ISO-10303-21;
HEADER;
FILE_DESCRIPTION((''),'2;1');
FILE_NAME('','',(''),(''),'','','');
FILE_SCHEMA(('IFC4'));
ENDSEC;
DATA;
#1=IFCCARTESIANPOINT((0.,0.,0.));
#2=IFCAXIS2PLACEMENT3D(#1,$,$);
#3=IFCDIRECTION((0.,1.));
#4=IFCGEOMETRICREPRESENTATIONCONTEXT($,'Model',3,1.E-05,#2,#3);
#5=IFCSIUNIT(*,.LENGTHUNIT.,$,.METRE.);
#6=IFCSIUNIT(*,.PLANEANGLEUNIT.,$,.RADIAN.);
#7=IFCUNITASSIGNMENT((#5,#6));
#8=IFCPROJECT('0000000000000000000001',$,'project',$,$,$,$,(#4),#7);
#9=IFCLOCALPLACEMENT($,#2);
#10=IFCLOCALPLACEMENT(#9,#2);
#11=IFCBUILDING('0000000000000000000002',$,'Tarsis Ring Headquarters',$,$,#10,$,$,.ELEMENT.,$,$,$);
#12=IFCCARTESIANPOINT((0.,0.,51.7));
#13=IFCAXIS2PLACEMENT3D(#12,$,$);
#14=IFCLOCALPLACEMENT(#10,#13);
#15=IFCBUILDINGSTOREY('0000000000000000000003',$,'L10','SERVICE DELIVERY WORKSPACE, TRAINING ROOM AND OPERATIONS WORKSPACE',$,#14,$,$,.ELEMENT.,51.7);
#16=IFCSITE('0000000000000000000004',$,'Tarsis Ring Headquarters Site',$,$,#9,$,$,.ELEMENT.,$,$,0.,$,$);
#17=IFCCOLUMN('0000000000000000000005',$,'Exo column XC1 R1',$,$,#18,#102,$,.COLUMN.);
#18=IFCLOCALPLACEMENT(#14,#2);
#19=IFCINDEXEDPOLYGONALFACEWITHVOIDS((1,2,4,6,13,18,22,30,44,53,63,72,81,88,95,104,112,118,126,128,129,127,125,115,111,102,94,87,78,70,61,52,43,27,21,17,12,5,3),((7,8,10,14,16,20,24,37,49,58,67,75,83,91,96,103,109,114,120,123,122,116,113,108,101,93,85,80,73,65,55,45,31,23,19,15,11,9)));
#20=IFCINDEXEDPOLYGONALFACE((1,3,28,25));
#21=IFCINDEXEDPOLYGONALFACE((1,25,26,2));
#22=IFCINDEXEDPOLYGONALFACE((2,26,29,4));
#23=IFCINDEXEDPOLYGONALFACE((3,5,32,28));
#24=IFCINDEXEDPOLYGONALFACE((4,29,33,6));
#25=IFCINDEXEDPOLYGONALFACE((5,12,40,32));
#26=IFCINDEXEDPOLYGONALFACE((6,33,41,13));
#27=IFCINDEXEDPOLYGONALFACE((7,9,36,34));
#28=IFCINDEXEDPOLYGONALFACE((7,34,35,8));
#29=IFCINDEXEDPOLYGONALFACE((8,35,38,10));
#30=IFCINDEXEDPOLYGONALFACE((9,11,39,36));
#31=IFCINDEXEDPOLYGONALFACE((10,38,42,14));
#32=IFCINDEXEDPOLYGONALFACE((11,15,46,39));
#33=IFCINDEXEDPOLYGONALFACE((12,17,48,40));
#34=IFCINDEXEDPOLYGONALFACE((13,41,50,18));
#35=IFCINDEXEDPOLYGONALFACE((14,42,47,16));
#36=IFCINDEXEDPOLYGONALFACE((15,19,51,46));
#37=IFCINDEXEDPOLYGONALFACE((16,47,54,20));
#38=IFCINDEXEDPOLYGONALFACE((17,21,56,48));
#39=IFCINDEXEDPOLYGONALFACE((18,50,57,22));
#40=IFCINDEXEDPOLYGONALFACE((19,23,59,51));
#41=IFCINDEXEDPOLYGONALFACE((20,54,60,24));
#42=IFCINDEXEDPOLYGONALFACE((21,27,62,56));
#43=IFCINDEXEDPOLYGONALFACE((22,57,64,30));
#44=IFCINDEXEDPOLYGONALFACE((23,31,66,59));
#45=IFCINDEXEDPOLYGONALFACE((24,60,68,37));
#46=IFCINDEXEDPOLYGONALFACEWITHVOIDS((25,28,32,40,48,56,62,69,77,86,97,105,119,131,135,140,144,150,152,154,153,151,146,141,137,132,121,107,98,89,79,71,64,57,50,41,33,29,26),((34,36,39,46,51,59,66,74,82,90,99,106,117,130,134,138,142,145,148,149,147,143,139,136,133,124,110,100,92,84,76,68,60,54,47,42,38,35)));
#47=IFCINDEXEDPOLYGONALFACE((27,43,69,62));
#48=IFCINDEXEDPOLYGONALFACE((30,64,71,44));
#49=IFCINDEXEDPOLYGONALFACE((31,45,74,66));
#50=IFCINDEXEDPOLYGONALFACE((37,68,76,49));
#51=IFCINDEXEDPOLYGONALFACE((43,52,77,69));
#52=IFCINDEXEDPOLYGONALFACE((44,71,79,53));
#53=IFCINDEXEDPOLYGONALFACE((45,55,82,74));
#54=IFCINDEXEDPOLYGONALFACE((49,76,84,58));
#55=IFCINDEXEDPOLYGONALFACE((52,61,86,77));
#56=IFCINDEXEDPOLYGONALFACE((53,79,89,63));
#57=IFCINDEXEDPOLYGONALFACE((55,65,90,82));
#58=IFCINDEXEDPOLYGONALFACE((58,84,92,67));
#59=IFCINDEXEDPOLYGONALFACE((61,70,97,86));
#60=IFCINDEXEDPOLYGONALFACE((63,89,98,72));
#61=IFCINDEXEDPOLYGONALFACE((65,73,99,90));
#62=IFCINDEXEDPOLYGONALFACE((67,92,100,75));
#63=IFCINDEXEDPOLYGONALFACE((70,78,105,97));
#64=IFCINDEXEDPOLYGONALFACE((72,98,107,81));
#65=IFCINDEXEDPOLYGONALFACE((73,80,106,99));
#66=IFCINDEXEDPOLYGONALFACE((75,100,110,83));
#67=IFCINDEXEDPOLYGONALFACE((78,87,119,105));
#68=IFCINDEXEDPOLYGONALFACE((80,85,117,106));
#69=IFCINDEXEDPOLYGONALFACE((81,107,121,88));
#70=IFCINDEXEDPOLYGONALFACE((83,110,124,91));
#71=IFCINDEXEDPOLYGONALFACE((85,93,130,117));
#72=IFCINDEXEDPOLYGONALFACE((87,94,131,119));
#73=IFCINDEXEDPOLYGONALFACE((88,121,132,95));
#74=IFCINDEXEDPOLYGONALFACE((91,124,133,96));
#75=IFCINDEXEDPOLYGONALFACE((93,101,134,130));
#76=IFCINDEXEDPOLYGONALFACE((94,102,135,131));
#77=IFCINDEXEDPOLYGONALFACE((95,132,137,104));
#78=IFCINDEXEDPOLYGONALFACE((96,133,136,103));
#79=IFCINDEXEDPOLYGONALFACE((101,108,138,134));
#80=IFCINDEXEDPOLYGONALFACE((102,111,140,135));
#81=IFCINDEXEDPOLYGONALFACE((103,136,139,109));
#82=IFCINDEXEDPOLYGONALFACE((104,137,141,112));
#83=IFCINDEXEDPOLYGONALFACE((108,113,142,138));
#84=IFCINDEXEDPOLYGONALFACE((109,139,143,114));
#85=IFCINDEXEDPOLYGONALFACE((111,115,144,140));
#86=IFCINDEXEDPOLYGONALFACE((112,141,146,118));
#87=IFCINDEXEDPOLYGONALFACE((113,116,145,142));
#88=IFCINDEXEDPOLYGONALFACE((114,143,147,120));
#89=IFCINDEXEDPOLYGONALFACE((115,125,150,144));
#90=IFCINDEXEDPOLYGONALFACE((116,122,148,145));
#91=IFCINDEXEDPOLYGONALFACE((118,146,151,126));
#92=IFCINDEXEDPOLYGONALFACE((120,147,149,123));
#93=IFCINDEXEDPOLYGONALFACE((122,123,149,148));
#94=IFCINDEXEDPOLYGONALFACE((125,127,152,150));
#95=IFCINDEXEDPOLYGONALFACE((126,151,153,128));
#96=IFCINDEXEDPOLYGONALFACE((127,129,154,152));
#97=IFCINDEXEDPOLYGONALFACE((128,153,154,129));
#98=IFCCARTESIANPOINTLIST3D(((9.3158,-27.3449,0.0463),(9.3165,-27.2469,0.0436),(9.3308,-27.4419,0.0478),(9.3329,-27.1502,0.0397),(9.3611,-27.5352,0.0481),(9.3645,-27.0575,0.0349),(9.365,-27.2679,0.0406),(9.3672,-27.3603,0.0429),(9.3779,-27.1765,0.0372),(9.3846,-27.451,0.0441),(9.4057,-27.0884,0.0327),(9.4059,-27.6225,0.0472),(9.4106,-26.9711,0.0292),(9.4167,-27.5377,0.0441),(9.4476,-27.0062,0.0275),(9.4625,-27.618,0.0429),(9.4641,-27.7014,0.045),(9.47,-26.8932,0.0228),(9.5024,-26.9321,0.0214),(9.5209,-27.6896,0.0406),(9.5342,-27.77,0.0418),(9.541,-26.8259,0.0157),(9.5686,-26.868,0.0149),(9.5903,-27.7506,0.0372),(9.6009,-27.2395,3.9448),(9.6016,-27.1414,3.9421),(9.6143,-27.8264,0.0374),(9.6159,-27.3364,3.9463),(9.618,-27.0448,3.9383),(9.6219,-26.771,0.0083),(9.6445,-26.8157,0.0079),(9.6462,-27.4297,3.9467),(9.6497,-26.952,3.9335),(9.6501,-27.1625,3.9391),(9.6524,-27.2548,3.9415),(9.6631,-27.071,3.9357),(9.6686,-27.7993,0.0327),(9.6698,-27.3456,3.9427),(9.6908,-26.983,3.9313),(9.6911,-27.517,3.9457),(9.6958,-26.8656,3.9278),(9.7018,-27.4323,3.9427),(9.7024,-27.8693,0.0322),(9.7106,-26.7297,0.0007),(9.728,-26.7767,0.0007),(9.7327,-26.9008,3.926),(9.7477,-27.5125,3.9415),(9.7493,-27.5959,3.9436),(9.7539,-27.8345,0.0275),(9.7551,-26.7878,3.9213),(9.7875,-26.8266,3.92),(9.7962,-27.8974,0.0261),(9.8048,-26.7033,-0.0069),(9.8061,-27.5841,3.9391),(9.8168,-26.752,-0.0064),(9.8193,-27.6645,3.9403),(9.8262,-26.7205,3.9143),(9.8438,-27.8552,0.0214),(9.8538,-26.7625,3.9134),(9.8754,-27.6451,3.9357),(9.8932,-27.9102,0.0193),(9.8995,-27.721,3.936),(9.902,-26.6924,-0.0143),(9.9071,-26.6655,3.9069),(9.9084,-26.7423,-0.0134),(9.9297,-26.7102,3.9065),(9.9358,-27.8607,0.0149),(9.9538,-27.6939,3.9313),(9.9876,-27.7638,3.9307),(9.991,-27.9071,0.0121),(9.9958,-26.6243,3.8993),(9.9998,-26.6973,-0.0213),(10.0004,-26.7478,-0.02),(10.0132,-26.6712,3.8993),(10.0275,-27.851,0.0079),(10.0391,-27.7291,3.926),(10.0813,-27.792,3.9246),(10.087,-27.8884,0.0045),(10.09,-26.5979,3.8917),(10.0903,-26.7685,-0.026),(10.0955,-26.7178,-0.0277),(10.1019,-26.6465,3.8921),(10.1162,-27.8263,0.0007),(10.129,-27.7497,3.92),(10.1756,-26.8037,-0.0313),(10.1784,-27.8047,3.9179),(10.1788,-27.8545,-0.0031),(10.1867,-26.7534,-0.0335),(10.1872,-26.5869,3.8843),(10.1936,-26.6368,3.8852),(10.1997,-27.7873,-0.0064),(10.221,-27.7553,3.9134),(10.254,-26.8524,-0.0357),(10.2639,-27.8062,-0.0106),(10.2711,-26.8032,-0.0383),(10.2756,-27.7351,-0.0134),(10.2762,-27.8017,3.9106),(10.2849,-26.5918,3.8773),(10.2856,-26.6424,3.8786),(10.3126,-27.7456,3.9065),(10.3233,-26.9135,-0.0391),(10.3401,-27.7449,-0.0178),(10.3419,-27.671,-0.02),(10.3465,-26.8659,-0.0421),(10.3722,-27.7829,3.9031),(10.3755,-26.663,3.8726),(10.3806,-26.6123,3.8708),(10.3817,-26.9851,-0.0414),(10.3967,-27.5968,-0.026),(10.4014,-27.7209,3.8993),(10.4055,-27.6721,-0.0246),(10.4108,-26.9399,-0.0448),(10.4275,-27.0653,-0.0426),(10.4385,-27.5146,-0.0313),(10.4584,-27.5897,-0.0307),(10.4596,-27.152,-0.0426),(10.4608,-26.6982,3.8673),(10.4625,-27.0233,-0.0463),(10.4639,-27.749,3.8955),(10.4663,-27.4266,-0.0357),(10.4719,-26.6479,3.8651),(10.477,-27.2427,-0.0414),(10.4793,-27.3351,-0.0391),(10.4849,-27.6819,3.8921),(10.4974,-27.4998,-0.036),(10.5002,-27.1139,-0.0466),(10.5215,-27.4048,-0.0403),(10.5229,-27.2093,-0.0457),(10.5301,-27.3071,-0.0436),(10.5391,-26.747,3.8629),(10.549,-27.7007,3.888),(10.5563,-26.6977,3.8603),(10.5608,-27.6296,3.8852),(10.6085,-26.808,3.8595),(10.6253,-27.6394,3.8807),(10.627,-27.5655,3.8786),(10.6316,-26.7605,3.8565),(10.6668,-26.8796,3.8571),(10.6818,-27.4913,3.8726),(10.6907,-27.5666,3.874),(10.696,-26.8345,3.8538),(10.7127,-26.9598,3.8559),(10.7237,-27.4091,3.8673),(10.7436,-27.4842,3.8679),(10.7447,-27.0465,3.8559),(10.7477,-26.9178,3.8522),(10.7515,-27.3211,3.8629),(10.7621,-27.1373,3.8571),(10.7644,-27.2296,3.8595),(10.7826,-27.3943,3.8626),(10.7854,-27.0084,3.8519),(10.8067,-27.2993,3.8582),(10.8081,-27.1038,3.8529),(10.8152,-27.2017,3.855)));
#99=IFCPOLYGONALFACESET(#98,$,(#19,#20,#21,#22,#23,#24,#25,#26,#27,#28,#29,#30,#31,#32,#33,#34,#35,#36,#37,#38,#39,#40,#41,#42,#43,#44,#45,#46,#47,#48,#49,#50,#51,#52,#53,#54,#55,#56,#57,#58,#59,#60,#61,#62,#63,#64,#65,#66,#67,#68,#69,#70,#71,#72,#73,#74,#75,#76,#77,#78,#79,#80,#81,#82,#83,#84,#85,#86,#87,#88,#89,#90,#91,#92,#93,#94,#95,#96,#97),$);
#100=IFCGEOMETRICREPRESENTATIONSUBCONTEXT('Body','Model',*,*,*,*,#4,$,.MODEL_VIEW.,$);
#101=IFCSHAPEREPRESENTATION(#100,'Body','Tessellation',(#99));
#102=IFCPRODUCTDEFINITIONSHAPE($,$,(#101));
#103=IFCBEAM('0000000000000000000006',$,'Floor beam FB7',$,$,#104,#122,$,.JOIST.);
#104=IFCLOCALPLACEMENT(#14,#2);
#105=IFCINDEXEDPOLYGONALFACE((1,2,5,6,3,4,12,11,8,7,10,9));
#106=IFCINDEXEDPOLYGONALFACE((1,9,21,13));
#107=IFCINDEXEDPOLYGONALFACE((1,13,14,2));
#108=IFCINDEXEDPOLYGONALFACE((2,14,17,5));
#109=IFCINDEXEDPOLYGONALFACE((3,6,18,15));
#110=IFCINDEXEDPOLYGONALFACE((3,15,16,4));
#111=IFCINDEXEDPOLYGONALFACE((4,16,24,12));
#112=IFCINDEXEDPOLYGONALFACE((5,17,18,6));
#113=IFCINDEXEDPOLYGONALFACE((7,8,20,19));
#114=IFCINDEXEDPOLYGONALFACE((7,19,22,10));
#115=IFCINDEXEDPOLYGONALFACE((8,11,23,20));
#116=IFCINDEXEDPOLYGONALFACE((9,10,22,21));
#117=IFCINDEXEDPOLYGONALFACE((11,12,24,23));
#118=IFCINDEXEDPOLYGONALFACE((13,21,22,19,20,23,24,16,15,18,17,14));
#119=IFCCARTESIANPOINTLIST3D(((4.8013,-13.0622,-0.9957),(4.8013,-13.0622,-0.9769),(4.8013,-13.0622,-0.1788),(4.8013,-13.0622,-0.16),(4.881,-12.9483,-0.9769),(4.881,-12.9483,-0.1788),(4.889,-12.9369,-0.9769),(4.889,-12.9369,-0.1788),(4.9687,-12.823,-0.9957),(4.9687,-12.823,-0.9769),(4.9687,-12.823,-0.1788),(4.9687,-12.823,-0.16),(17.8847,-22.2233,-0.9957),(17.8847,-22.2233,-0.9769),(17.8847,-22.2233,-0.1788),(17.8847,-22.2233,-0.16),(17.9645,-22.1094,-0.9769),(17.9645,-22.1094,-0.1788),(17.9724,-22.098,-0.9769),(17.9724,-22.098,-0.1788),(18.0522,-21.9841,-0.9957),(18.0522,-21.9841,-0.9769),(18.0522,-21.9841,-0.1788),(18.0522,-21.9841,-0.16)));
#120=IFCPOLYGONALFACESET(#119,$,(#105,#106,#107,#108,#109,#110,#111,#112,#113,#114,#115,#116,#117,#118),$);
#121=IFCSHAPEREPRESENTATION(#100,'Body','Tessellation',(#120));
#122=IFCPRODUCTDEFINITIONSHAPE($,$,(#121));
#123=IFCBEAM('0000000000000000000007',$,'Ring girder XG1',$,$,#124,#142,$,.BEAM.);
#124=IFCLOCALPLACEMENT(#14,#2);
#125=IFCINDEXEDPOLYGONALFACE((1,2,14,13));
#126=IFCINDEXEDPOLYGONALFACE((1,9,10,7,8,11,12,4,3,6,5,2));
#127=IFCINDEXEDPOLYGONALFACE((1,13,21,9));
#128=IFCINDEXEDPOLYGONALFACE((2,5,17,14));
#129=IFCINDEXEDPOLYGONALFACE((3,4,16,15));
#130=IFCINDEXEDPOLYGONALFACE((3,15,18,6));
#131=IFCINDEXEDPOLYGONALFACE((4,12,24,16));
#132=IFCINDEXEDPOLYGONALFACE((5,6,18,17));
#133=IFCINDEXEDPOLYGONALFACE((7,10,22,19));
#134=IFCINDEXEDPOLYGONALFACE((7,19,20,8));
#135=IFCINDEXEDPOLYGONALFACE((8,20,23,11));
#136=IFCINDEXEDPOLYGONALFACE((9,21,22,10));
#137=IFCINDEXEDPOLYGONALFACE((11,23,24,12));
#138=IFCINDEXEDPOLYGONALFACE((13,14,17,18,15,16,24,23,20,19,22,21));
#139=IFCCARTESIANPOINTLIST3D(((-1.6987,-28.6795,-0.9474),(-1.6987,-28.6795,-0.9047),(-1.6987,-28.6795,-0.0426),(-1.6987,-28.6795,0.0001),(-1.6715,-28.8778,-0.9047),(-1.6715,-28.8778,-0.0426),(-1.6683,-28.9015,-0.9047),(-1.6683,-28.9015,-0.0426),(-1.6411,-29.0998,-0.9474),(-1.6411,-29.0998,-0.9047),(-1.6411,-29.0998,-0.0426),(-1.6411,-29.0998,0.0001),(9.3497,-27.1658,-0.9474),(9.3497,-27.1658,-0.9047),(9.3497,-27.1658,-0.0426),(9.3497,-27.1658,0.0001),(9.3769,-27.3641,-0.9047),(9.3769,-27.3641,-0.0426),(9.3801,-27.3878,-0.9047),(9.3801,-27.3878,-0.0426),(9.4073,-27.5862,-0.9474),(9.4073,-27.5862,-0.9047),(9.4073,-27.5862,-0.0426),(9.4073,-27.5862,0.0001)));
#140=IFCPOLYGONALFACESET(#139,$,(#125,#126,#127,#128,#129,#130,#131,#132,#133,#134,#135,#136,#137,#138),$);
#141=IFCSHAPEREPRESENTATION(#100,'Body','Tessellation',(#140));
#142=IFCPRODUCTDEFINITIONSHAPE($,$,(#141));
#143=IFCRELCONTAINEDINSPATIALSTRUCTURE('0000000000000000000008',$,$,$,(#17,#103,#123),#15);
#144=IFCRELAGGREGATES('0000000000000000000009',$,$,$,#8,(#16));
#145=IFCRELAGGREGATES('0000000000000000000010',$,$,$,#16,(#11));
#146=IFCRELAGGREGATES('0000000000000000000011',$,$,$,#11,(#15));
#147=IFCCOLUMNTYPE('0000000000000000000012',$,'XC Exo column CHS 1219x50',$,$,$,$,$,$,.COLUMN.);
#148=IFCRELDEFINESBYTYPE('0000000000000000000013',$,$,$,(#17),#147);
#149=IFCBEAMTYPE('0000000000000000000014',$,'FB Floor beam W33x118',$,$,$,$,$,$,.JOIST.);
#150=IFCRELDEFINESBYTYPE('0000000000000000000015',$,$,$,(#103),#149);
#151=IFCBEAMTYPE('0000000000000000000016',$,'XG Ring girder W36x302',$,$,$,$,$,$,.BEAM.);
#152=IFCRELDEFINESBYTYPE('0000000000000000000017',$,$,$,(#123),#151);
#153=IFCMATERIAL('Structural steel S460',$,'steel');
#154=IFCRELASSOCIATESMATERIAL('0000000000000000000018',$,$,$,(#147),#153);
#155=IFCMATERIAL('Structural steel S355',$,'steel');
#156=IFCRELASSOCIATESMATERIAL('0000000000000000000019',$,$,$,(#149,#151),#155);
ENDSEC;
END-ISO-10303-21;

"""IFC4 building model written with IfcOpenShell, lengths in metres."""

from ifc_helpers import new_model, si_unit, direction, frame, origin, origin_2d, place, context, subcontext, project, spatial, hollow_circle, i_section, extrude, material, material_profile, profile_set, type_object, element, save


model = new_model("IFC4")

# Units and contexts
model_context = context("Model", 3, precision=1e-05, world=origin(), true_north=direction((0.0, 1.0)))
body_context = subcontext(model_context, "Body", "Model", "MODEL_VIEW")
ifc_project = project(units=[si_unit("LENGTHUNIT", "METRE"), si_unit("PLANEANGLEUNIT", "RADIAN")], contexts=[model_context])

# Site, building, storey
site_placement = place(None, origin())
site = spatial("IfcSite", under=ifc_project, at=site_placement, Name="Tarsis Ring Headquarters Site", CompositionType="ELEMENT", RefElevation=0.0)
building_placement = place(site_placement, origin())
building = spatial("IfcBuilding", under=site, at=building_placement, Name="Tarsis Ring Headquarters", CompositionType="ELEMENT")
storey_placement = place(building_placement, frame((0.0, 0.0, 51.7)))
storey = spatial("IfcBuildingStorey", under=building, at=storey_placement, Name="L10", Description="SERVICE DELIVERY WORKSPACE, TRAINING ROOM AND OPERATIONS WORKSPACE", CompositionType="ELEMENT", Elevation=51.7)

# Column
ifc_material_1 = material(Name="Structural steel S460", Category="steel")
ifc_material_profile_1 = material_profile(ifc_material_1, hollow_circle(Radius=0.6096, WallThickness=0.05, at=origin_2d()), Name="CHS 1219x50")
ifc_profile_set_1 = profile_set([ifc_material_profile_1], Name="Structural steel S460")
column_type = type_object("IfcColumnType", Name="XC Exo column CHS 1219x50", PredefinedType="COLUMN", material=ifc_profile_set_1)
column_placement = place(storey_placement, frame((9.9221, -27.3015, 0.0007), z_axis=(0.07292, 0.026971, 0.996973), x_axis=(-0.346896, 0.937904, 0.0)))
element("IfcColumn", 1, at=column_placement, inside=storey, type_object=column_type, Name="Exo column XC1 R1", PredefinedType="COLUMN", context=body_context, shape_type="SweptSolid", body=[
    extrude(hollow_circle(Radius=0.6096, WallThickness=0.05, at=origin_2d()), origin(), (0.0, 0.0, 1.0), 3.9104),
])

# Beams
ifc_material_2 = material(Name="Structural steel S355", Category="steel")
ifc_material_profile_2 = material_profile(ifc_material_2, i_section(OverallWidth=0.292, OverallDepth=0.8357, WebThickness=0.0139, FlangeThickness=0.0188, at=origin_2d()), Name="W33x118")
ifc_profile_set_2 = profile_set([ifc_material_profile_2], Name="Structural steel S355")
beam_type_1 = type_object("IfcBeamType", Name="FB Floor beam W33x118", PredefinedType="JOIST", material=ifc_profile_set_2)
beam_1_placement = place(storey_placement, frame((4.885, -12.9426, -0.5779), z_axis=(0.819153, -0.573575, 0.0), x_axis=(0.573575, 0.819153, 0.0)))
element("IfcBeam", 2, at=beam_1_placement, inside=storey, type_object=beam_type_1, Name="Floor beam FB7", PredefinedType="JOIST", context=body_context, shape_type="SweptSolid", body=[
    extrude(i_section(OverallWidth=0.292, OverallDepth=0.8357, WebThickness=0.0139, FlangeThickness=0.0188, at=origin_2d()), origin(), (0.0, 0.0, 1.0), 15.9719),
])
ifc_material_profile_3 = material_profile(ifc_material_2, i_section(OverallWidth=0.4243, OverallDepth=0.9475, WebThickness=0.0239, FlangeThickness=0.0427, at=origin_2d()), Name="W36x302")
ifc_profile_set_3 = profile_set([ifc_material_profile_3], Name="Structural steel S355")
beam_type_2 = type_object("IfcBeamType", Name="XG Ring girder W36x302", PredefinedType="BEAM", material=ifc_profile_set_3)
beam_2_placement = place(storey_placement, frame((-1.6699, -28.8896, -0.4736), z_axis=(0.990745, 0.135736, 0.0), x_axis=(-0.135736, 0.990745, 0.0)))
element("IfcBeam", 3, at=beam_2_placement, inside=storey, type_object=beam_type_2, Name="Ring girder XG1", PredefinedType="BEAM", context=body_context, shape_type="SweptSolid", body=[
    extrude(i_section(OverallWidth=0.4243, OverallDepth=0.9475, WebThickness=0.0239, FlangeThickness=0.0427, at=origin_2d()), origin(), (0.0, 0.0, 1.0), 11.1516),
])

save(model, "model.ifc")
